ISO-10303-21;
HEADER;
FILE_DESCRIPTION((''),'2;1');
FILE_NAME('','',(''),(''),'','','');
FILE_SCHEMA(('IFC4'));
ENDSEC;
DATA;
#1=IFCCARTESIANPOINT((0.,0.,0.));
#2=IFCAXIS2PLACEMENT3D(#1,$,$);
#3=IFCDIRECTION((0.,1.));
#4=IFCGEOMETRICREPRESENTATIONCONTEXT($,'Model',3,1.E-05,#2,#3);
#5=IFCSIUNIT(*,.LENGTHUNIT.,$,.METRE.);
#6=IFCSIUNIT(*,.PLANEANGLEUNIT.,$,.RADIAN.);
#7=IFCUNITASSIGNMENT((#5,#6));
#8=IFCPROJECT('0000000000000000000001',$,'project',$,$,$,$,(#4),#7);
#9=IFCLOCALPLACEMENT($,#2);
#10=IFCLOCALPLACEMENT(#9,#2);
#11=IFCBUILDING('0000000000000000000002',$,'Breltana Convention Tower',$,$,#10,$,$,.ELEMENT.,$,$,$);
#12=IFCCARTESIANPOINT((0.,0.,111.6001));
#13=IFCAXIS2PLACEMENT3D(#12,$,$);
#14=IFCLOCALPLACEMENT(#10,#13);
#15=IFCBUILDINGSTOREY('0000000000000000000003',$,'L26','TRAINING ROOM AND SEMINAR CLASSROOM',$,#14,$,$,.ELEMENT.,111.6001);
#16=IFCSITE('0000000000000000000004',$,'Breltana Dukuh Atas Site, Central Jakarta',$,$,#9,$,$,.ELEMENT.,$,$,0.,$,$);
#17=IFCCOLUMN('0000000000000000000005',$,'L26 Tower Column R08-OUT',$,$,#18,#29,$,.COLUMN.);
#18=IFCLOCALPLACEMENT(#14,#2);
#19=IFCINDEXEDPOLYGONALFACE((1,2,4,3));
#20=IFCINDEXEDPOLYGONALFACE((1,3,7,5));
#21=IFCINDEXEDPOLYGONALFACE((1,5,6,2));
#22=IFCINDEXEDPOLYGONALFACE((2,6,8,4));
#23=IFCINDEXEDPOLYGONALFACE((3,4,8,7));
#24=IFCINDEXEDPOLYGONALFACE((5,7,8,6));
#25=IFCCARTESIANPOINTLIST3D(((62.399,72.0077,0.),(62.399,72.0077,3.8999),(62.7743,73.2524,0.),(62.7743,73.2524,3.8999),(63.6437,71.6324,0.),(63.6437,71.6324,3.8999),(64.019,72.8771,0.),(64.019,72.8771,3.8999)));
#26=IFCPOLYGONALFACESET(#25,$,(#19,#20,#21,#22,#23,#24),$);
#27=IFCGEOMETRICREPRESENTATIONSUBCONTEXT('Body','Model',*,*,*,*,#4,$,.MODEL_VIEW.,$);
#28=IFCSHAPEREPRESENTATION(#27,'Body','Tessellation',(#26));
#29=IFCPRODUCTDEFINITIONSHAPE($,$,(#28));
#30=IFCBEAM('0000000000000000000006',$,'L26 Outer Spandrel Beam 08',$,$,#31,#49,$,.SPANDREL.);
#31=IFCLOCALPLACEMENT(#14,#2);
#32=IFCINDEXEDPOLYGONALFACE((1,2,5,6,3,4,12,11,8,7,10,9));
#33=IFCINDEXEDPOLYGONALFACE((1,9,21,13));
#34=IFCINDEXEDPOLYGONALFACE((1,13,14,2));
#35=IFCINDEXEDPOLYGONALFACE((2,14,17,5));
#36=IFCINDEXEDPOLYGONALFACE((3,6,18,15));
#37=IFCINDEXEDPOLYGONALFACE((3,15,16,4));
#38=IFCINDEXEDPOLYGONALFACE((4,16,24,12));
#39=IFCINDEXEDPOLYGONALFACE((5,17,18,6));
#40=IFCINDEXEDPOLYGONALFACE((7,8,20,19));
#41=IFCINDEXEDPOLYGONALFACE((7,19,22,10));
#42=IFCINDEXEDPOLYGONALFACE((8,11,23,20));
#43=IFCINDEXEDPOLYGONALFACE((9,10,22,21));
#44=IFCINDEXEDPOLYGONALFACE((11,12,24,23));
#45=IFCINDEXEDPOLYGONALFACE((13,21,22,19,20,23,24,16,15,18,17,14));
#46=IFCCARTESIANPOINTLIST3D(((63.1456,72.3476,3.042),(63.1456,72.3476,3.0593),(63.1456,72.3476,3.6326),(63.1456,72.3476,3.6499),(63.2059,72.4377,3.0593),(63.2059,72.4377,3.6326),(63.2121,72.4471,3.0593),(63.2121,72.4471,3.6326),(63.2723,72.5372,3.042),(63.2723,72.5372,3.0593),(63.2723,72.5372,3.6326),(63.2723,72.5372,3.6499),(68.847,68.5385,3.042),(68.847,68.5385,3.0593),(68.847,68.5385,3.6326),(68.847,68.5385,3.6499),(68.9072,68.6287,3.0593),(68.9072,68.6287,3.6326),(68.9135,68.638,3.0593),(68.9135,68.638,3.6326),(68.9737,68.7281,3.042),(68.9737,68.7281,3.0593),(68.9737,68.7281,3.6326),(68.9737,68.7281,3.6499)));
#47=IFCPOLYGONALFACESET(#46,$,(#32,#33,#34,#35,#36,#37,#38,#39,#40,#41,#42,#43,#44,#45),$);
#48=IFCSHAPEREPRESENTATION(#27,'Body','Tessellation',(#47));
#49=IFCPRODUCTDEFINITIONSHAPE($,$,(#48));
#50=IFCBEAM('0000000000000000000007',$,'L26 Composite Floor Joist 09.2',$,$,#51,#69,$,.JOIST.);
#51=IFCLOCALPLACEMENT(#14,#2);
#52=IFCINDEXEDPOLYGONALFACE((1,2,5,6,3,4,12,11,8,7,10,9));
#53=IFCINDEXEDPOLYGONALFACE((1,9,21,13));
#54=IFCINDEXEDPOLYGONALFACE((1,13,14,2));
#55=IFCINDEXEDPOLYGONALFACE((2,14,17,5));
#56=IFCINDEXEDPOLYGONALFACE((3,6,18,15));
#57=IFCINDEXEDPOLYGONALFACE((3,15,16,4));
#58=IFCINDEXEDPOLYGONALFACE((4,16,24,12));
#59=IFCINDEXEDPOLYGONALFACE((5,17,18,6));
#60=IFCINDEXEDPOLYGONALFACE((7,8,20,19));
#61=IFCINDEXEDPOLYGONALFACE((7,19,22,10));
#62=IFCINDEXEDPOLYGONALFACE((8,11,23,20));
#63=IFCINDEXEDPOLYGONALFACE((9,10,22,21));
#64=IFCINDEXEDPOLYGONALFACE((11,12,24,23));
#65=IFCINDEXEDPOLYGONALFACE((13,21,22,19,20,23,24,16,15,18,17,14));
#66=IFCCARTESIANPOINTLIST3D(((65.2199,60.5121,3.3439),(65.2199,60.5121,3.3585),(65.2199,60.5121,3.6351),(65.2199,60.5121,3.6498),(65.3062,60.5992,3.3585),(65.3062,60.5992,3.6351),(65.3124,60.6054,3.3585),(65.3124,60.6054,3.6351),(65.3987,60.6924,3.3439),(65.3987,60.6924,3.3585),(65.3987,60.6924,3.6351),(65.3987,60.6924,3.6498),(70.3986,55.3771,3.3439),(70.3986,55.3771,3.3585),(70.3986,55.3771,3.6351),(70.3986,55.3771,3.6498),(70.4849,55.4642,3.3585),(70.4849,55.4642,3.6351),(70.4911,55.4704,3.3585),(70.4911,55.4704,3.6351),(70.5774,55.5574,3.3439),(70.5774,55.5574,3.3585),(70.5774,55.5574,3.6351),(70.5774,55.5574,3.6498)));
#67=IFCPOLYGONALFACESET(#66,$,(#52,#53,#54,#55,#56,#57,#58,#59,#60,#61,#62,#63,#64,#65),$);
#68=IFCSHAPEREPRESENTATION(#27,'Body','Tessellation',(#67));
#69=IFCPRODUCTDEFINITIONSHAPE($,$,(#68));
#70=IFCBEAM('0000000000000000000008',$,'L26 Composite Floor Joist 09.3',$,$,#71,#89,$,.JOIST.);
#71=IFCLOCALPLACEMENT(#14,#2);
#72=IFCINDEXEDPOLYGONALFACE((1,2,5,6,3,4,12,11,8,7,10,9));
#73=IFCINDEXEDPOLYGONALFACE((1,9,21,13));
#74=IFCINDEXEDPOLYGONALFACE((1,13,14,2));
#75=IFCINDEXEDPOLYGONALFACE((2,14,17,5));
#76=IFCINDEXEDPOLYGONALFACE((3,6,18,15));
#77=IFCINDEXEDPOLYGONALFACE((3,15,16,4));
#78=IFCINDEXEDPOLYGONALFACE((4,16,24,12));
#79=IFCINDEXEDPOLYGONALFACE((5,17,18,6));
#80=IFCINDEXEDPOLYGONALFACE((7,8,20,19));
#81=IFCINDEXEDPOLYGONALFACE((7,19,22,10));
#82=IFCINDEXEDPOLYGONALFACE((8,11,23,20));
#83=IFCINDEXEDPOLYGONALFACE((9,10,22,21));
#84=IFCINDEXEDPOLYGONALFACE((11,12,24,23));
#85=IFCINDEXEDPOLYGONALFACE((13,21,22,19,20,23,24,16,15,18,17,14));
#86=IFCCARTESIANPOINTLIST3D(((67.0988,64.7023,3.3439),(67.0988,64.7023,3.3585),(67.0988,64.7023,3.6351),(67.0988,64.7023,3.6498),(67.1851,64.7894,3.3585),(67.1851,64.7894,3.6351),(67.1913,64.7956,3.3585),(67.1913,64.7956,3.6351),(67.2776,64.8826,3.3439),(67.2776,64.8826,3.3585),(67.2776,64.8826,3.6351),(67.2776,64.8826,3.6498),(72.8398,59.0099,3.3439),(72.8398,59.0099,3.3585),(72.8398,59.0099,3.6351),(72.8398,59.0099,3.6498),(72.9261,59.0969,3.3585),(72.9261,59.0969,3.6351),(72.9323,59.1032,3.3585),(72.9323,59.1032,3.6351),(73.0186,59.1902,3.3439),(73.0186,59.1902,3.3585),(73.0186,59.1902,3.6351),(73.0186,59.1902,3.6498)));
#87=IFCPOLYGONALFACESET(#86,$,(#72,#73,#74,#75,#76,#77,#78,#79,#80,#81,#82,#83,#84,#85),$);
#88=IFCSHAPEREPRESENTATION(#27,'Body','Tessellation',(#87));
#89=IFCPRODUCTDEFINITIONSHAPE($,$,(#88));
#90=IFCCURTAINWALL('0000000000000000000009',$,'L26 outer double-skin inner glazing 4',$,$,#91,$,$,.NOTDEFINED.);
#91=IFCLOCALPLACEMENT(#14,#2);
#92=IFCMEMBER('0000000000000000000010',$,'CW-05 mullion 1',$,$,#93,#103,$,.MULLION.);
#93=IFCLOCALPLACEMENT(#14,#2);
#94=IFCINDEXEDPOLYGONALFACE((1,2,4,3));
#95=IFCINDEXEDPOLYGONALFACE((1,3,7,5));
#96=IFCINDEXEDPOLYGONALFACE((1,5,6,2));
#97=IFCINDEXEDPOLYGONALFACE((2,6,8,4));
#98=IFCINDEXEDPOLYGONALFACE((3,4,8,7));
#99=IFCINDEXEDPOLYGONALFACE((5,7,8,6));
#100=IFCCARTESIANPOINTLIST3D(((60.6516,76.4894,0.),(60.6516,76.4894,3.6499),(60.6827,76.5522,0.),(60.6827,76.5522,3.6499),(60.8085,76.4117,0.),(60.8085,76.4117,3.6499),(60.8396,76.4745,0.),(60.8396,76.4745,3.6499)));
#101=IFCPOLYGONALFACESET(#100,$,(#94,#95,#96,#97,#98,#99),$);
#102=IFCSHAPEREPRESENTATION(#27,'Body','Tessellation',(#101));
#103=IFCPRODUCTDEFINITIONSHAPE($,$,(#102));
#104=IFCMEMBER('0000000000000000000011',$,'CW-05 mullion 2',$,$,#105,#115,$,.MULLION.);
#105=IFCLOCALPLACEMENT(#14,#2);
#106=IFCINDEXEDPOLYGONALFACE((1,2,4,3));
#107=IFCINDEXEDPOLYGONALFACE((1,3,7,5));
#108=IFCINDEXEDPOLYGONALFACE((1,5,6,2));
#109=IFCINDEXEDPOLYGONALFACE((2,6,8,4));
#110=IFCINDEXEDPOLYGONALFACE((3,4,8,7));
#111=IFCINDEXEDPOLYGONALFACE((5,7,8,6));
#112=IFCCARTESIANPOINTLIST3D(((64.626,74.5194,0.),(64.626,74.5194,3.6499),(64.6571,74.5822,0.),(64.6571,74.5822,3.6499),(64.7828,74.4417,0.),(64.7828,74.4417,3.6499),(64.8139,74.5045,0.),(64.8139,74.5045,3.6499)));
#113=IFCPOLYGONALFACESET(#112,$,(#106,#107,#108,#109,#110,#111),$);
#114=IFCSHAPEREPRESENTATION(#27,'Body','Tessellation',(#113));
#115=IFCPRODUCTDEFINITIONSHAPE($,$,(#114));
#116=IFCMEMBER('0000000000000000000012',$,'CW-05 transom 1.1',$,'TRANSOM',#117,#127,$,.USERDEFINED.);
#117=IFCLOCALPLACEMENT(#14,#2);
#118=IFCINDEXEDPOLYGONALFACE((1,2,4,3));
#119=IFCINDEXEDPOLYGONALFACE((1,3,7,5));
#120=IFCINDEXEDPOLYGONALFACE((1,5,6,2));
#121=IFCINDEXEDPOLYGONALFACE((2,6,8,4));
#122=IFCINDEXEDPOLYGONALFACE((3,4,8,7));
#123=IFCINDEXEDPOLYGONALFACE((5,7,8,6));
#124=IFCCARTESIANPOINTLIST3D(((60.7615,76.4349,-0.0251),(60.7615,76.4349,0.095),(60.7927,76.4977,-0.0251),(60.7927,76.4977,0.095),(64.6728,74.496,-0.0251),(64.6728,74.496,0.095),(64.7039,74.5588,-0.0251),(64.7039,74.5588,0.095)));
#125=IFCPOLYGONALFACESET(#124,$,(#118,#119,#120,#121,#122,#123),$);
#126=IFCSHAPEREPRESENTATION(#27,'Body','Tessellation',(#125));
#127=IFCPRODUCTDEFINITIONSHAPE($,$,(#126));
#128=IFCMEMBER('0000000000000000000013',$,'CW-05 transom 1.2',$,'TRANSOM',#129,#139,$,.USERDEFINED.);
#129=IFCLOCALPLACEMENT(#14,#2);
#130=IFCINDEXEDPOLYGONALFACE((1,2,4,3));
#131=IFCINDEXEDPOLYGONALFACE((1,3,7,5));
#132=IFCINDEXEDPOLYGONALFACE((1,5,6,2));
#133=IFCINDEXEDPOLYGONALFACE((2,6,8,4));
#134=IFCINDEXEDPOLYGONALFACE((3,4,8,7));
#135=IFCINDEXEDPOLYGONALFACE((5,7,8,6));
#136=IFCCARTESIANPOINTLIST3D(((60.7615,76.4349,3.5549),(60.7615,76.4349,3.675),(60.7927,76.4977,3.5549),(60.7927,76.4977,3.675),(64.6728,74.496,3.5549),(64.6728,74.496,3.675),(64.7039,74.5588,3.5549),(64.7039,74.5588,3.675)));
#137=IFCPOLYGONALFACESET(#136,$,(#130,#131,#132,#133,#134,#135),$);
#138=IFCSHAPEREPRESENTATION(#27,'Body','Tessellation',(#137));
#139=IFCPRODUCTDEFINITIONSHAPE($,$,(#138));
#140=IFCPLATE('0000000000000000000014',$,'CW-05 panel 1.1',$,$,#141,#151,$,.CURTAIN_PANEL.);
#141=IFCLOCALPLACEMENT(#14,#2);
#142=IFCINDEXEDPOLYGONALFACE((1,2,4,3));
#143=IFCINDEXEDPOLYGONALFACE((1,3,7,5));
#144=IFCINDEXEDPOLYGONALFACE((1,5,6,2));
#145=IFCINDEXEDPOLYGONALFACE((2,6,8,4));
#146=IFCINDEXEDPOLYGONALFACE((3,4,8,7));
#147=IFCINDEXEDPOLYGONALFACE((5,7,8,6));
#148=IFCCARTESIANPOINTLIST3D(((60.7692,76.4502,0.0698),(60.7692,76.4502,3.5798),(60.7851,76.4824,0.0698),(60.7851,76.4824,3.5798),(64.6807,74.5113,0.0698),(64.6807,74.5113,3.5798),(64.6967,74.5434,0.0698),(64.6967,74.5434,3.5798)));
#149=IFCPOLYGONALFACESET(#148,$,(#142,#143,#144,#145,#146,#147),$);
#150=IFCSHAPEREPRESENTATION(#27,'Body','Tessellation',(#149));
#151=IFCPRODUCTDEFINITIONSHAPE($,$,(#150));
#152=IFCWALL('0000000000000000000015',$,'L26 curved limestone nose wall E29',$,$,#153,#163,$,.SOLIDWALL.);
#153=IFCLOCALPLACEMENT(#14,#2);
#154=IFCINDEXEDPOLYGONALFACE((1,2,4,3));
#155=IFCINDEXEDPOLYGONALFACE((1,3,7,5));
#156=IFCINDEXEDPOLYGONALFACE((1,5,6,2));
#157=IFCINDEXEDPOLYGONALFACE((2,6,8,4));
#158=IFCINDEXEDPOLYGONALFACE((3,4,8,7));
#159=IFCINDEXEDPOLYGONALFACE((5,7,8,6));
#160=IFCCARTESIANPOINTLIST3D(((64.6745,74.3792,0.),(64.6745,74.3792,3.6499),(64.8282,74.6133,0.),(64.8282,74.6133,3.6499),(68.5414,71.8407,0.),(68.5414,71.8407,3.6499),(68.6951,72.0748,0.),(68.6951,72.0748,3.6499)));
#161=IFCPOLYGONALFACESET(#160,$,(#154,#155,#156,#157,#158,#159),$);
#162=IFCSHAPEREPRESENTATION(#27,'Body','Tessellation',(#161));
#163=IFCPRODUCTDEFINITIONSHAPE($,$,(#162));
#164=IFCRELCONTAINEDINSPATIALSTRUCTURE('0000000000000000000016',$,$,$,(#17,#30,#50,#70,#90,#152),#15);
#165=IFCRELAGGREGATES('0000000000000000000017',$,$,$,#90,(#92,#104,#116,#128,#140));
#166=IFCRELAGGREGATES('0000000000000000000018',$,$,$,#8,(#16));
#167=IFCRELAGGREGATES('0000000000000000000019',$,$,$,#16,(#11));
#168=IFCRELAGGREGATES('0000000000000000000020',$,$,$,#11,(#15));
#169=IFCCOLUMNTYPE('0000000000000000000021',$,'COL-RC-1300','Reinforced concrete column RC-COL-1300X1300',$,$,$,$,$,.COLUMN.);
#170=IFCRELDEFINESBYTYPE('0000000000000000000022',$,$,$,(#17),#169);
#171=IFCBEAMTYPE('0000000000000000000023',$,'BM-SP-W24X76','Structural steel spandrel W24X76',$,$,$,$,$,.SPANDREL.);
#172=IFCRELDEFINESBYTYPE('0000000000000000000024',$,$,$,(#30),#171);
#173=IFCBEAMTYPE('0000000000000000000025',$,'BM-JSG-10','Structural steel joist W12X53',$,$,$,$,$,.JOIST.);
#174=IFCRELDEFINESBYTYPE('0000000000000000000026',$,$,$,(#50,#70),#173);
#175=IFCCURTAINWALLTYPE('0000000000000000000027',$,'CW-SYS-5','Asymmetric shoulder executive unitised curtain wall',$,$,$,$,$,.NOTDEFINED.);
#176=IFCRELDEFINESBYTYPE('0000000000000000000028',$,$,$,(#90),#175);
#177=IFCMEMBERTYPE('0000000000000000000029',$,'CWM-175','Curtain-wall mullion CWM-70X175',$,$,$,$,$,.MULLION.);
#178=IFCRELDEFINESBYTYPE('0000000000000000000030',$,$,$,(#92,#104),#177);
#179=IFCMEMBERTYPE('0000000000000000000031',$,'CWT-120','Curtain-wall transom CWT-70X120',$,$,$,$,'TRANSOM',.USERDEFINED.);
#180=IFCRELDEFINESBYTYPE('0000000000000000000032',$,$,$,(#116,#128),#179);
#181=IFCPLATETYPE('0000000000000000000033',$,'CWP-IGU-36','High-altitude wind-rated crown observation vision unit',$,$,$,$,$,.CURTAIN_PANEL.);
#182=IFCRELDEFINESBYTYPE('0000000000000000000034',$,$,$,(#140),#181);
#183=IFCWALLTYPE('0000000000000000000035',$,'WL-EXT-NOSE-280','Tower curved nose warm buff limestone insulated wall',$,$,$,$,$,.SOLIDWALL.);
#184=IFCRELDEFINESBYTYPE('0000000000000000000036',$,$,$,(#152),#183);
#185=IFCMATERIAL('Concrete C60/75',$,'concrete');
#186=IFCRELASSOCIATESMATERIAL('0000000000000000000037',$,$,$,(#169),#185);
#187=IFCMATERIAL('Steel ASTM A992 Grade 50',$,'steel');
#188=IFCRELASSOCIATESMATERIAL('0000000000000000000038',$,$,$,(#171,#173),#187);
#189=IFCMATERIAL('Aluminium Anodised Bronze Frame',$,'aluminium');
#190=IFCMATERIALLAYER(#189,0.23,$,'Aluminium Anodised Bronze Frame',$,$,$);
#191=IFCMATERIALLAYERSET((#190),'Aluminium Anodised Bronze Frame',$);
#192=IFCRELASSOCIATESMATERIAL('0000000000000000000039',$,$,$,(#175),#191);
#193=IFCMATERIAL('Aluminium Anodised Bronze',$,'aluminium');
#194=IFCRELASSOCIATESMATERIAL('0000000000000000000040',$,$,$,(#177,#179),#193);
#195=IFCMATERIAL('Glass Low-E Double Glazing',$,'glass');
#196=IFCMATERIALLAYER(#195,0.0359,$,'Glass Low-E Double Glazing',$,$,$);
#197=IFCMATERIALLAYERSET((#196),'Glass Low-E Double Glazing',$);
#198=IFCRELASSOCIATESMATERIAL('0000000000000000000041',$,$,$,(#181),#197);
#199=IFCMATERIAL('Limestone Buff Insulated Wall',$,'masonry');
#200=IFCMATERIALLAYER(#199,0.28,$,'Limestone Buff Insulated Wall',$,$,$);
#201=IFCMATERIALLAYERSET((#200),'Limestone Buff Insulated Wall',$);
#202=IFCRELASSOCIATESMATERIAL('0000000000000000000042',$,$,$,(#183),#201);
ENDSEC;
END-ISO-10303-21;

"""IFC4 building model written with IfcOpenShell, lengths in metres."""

from ifc_helpers import new_model, si_unit, direction, frame, frame_2d, origin, origin_2d, place, context, subcontext, project, spatial, rectangle, i_section, extrude, source, transform, mapped, material, layer, layer_set, material_profile, profile_set, type_object, element, aggregate, save


model = new_model("IFC4")

# Units and contexts
model_context = context("Model", 3, precision=1e-05, world=origin(), true_north=direction((0.0, 1.0)))
body_context = subcontext(model_context, "Body", "Model", "MODEL_VIEW")
ifc_project = project(units=[si_unit("LENGTHUNIT", "METRE"), si_unit("PLANEANGLEUNIT", "RADIAN")], contexts=[model_context])

# Site, building, storey
site_placement = place(None, origin())
site = spatial("IfcSite", under=ifc_project, at=site_placement, Name="Breltana Dukuh Atas Site, Central Jakarta", CompositionType="ELEMENT", RefElevation=0.0)
building_placement = place(site_placement, origin())
building = spatial("IfcBuilding", under=site, at=building_placement, Name="Breltana Convention Tower", CompositionType="ELEMENT")
storey_placement = place(building_placement, frame((0.0, 0.0, 111.6001)))
storey = spatial("IfcBuildingStorey", under=building, at=storey_placement, Name="L26", Description="TRAINING ROOM AND SEMINAR CLASSROOM", CompositionType="ELEMENT", Elevation=111.6001)

# Column
ifc_material_1 = material(Name="Concrete C60/75", Category="concrete")
ifc_material_profile_1 = material_profile(ifc_material_1, rectangle(XDim=1.3, YDim=1.3, at=origin_2d()), Name="RC-COL-1300X1300")
ifc_profile_set_1 = profile_set([ifc_material_profile_1], Name="Concrete C60/75")
column_type = type_object("IfcColumnType", Name="COL-RC-1300", Description="Reinforced concrete column RC-COL-1300X1300", PredefinedType="COLUMN", material=ifc_profile_set_1)
shared_shape_1 = source(origin(), body_context, "Body", "SweptSolid", [
    extrude(rectangle(XDim=1.3, YDim=1.3, at=origin_2d()), origin(), (0.0, 0.0, 1.0), 3.8999),
])
column_placement = place(storey_placement, frame((63.209, 72.4424, 0.0), z_axis=(0.0, 0.0, 1.0), x_axis=(0.288698, 0.95742, 0.0)))
element("IfcColumn", 1, at=column_placement, inside=storey, type_object=column_type, Name="L26 Tower Column R08-OUT", PredefinedType="COLUMN", context=body_context, shape_type="MappedRepresentation", body=[
    mapped(shared_shape_1, transform((0.0, 0.0, 0.0), scale=1.0)),
])

# Beams
ifc_material_2 = material(Name="Steel ASTM A992 Grade 50", Category="steel")
ifc_material_profile_2 = material_profile(ifc_material_2, i_section(OverallWidth=0.228, OverallDepth=0.6079, WebThickness=0.0112, FlangeThickness=0.0173, at=origin_2d()), Name="W24X76")
ifc_profile_set_2 = profile_set([ifc_material_profile_2], Name="Steel ASTM A992 Grade 50")
beam_type_1 = type_object("IfcBeamType", Name="BM-SP-W24X76", Description="Structural steel spandrel W24X76", PredefinedType="SPANDREL", material=ifc_profile_set_2)
shared_shape_2 = source(origin(), body_context, "Body", "SweptSolid", [
    extrude(i_section(OverallWidth=0.228, OverallDepth=0.6079, WebThickness=0.0112, FlangeThickness=0.0173, at=origin_2d()), origin(), (0.0, 0.0, 1.0), 6.8567),
])
beam_1_placement = place(storey_placement, frame((63.209, 72.4424, 3.3459), z_axis=(0.831502, -0.555522, 0.0), x_axis=(0.555522, 0.831502, 0.0)))
element("IfcBeam", 2, at=beam_1_placement, inside=storey, type_object=beam_type_1, Name="L26 Outer Spandrel Beam 08", PredefinedType="SPANDREL", context=body_context, shape_type="MappedRepresentation", body=[
    mapped(shared_shape_2, transform((0.0, 0.0, 0.0), scale=1.0)),
])
ifc_material_profile_3 = material_profile(ifc_material_2, i_section(OverallWidth=0.2539, OverallDepth=0.3059, WebThickness=0.0088, FlangeThickness=0.0146, at=origin_2d()), Name="W12X53")
ifc_profile_set_3 = profile_set([ifc_material_profile_3], Name="Steel ASTM A992 Grade 50")
beam_type_2 = type_object("IfcBeamType", Name="BM-JSG-10", Description="Structural steel joist W12X53", PredefinedType="JOIST", material=ifc_profile_set_3)
shared_shape_3 = source(origin(), body_context, "Body", "SweptSolid", [
    extrude(i_section(OverallWidth=0.2539, OverallDepth=0.3059, WebThickness=0.0088, FlangeThickness=0.0146, at=origin_2d()), origin(), (0.0, 0.0, 1.0), 7.293),
])
beam_2_placement = place(storey_placement, frame((65.3093, 60.6023, 3.4968), z_axis=(0.710097, -0.704104, 0.0), x_axis=(0.704104, 0.710097, 0.0)))
element("IfcBeam", 3, at=beam_2_placement, inside=storey, type_object=beam_type_2, Name="L26 Composite Floor Joist 09.2", PredefinedType="JOIST", context=body_context, shape_type="MappedRepresentation", body=[
    mapped(shared_shape_3, transform((0.0, 0.0, 0.0), scale=1.0)),
])
shared_shape_4 = source(origin(), body_context, "Body", "SweptSolid", [
    extrude(i_section(OverallWidth=0.2539, OverallDepth=0.3059, WebThickness=0.0088, FlangeThickness=0.0146, at=origin_2d()), origin(), (0.0, 0.0, 1.0), 8.0847),
])
beam_3_placement = place(storey_placement, frame((67.1882, 64.7925, 3.4968), z_axis=(0.710105, -0.704096, 0.0), x_axis=(0.704096, 0.710105, 0.0)))
element("IfcBeam", 4, at=beam_3_placement, inside=storey, type_object=beam_type_2, Name="L26 Composite Floor Joist 09.3", PredefinedType="JOIST", context=body_context, shape_type="MappedRepresentation", body=[
    mapped(shared_shape_4, transform((0.0, 0.0, 0.0), scale=1.0)),
])

# Curtain wall, members, plate
ifc_material_3 = material(Name="Aluminium Anodised Bronze Frame", Category="aluminium")
ifc_layer_1 = layer(ifc_material_3, 0.23, Name="Aluminium Anodised Bronze Frame")
ifc_layer_set_1 = layer_set([ifc_layer_1], Name="Aluminium Anodised Bronze Frame")
curtain_wall_type = type_object("IfcCurtainWallType", Name="CW-SYS-5", Description="Asymmetric shoulder executive unitised curtain wall", PredefinedType="NOTDEFINED", material=ifc_layer_set_1)
curtain_wall_placement = place(storey_placement, origin())
curtain_wall = element("IfcCurtainWall", 5, at=curtain_wall_placement, inside=storey, type_object=curtain_wall_type, Name="L26 outer double-skin inner glazing 4", PredefinedType="NOTDEFINED")
ifc_material_4 = material(Name="Aluminium Anodised Bronze", Category="aluminium")
ifc_material_profile_4 = material_profile(ifc_material_4, rectangle(XDim=0.0701, YDim=0.175, at=origin_2d()), Name="CWM-70X175")
ifc_profile_set_4 = profile_set([ifc_material_profile_4], Name="Aluminium Anodised Bronze")
member_type_1 = type_object("IfcMemberType", Name="CWM-175", Description="Curtain-wall mullion CWM-70X175", PredefinedType="MULLION", material=ifc_profile_set_4)
shared_shape_5 = source(origin(), body_context, "Body", "SweptSolid", [
    extrude(rectangle(XDim=0.0701, YDim=0.175, at=origin_2d()), origin(), (0.0, 0.0, 1.0), 3.6499),
])
member_1_placement = place(storey_placement, frame((60.7456, 76.4819, 0.0), z_axis=(0.0, 0.0, 1.0), x_axis=(0.444122, 0.895967, 0.0)))
member_1 = element("IfcMember", 6, at=member_1_placement, type_object=member_type_1, Name="CW-05 mullion 1", PredefinedType="MULLION", context=body_context, shape_type="MappedRepresentation", body=[
    mapped(shared_shape_5, transform((0.0, 0.0, 0.0), scale=1.0)),
])
member_2_placement = place(storey_placement, frame((64.72, 74.512, 0.0), z_axis=(0.0, 0.0, 1.0), x_axis=(0.444122, 0.895967, 0.0)))
member_2 = element("IfcMember", 7, at=member_2_placement, type_object=member_type_1, Name="CW-05 mullion 2", PredefinedType="MULLION", context=body_context, shape_type="MappedRepresentation", body=[
    mapped(shared_shape_5, transform((0.0, 0.0, 0.0), scale=1.0)),
])
ifc_material_profile_5 = material_profile(ifc_material_4, rectangle(XDim=0.0701, YDim=0.1201, at=origin_2d()), Name="CWT-70X120")
ifc_profile_set_5 = profile_set([ifc_material_profile_5], Name="Aluminium Anodised Bronze")
member_type_2 = type_object("IfcMemberType", Name="CWT-120", Description="Curtain-wall transom CWT-70X120", ElementType="TRANSOM", PredefinedType="USERDEFINED", material=ifc_profile_set_5)
shared_shape_6 = source(origin(), body_context, "Body", "SweptSolid", [
    extrude(rectangle(XDim=0.0701, YDim=0.1201, at=origin_2d()), origin(), (0.0, 0.0, 1.0), 4.3655),
])
member_3_placement = place(storey_placement, frame((60.7771, 76.4663, 0.0349), z_axis=(0.895954, -0.444146, 0.0), x_axis=(0.444146, 0.895954, 0.0)))
member_3 = element("IfcMember", 8, at=member_3_placement, type_object=member_type_2, Name="CW-05 transom 1.1", ObjectType="TRANSOM", PredefinedType="USERDEFINED", context=body_context, shape_type="MappedRepresentation", body=[
    mapped(shared_shape_6, transform((0.0, 0.0, 0.0), scale=1.0)),
])
member_4_placement = place(storey_placement, frame((60.7771, 76.4663, 3.615), z_axis=(0.895954, -0.444146, 0.0), x_axis=(0.444146, 0.895954, 0.0)))
member_4 = element("IfcMember", 9, at=member_4_placement, type_object=member_type_2, Name="CW-05 transom 1.2", ObjectType="TRANSOM", PredefinedType="USERDEFINED", context=body_context, shape_type="MappedRepresentation", body=[
    mapped(shared_shape_6, transform((0.0, 0.0, 0.0), scale=1.0)),
])
ifc_material_5 = material(Name="Glass Low-E Double Glazing", Category="glass")
ifc_layer_2 = layer(ifc_material_5, 0.0359, Name="Glass Low-E Double Glazing")
ifc_layer_set_2 = layer_set([ifc_layer_2], Name="Glass Low-E Double Glazing")
plate_type = type_object("IfcPlateType", Name="CWP-IGU-36", Description="High-altitude wind-rated crown observation vision unit", PredefinedType="CURTAIN_PANEL", material=ifc_layer_set_2)
shared_shape_7 = source(origin(), body_context, "Body", "SweptSolid", [
    extrude(rectangle(XDim=4.3657, YDim=0.0359, at=origin_2d()), origin(), (0.0, 0.0, 1.0), 3.51),
])
plate_placement = place(storey_placement, frame((62.7329, 75.4968, 0.0698), z_axis=(0.0, 0.0, 1.0), x_axis=(0.895967, -0.444122, 0.0)))
plate = element("IfcPlate", 10, at=plate_placement, type_object=plate_type, Name="CW-05 panel 1.1", PredefinedType="CURTAIN_PANEL", context=body_context, shape_type="MappedRepresentation", body=[
    mapped(shared_shape_7, transform((0.0, 0.0, 0.0), scale=1.0)),
])
aggregate(curtain_wall, [member_1, member_2, member_3, member_4, plate])

# Wall
ifc_material_6 = material(Name="Limestone Buff Insulated Wall", Category="masonry")
ifc_layer_3 = layer(ifc_material_6, 0.28, Name="Limestone Buff Insulated Wall")
ifc_layer_set_3 = layer_set([ifc_layer_3], Name="Limestone Buff Insulated Wall")
wall_type_1 = type_object("IfcWallType", Name="WL-EXT-NOSE-280", Description="Tower curved nose warm buff limestone insulated wall", PredefinedType="SOLIDWALL", material=ifc_layer_set_3)
shared_shape_8 = source(origin(), body_context, "Body", "SweptSolid", [
    extrude(rectangle(XDim=4.6257, YDim=0.28, at=frame_2d((2.313, 0.0))), origin(), (0.0, 0.0, 1.0), 3.6499),
])
wall_1_placement = place(storey_placement, frame((64.7512, 74.4963, 0.0), z_axis=(0.0, 0.0, 1.0), x_axis=(0.835959, -0.548791, 0.0)))
element("IfcWall", 11, at=wall_1_placement, inside=storey, type_object=wall_type_1, Name="L26 curved limestone nose wall E29", PredefinedType="SOLIDWALL", context=body_context, shape_type="MappedRepresentation", body=[
    mapped(shared_shape_8, transform((0.0, 0.0, 0.0), scale=1.0)),
])

save(model, "model.ifc")
